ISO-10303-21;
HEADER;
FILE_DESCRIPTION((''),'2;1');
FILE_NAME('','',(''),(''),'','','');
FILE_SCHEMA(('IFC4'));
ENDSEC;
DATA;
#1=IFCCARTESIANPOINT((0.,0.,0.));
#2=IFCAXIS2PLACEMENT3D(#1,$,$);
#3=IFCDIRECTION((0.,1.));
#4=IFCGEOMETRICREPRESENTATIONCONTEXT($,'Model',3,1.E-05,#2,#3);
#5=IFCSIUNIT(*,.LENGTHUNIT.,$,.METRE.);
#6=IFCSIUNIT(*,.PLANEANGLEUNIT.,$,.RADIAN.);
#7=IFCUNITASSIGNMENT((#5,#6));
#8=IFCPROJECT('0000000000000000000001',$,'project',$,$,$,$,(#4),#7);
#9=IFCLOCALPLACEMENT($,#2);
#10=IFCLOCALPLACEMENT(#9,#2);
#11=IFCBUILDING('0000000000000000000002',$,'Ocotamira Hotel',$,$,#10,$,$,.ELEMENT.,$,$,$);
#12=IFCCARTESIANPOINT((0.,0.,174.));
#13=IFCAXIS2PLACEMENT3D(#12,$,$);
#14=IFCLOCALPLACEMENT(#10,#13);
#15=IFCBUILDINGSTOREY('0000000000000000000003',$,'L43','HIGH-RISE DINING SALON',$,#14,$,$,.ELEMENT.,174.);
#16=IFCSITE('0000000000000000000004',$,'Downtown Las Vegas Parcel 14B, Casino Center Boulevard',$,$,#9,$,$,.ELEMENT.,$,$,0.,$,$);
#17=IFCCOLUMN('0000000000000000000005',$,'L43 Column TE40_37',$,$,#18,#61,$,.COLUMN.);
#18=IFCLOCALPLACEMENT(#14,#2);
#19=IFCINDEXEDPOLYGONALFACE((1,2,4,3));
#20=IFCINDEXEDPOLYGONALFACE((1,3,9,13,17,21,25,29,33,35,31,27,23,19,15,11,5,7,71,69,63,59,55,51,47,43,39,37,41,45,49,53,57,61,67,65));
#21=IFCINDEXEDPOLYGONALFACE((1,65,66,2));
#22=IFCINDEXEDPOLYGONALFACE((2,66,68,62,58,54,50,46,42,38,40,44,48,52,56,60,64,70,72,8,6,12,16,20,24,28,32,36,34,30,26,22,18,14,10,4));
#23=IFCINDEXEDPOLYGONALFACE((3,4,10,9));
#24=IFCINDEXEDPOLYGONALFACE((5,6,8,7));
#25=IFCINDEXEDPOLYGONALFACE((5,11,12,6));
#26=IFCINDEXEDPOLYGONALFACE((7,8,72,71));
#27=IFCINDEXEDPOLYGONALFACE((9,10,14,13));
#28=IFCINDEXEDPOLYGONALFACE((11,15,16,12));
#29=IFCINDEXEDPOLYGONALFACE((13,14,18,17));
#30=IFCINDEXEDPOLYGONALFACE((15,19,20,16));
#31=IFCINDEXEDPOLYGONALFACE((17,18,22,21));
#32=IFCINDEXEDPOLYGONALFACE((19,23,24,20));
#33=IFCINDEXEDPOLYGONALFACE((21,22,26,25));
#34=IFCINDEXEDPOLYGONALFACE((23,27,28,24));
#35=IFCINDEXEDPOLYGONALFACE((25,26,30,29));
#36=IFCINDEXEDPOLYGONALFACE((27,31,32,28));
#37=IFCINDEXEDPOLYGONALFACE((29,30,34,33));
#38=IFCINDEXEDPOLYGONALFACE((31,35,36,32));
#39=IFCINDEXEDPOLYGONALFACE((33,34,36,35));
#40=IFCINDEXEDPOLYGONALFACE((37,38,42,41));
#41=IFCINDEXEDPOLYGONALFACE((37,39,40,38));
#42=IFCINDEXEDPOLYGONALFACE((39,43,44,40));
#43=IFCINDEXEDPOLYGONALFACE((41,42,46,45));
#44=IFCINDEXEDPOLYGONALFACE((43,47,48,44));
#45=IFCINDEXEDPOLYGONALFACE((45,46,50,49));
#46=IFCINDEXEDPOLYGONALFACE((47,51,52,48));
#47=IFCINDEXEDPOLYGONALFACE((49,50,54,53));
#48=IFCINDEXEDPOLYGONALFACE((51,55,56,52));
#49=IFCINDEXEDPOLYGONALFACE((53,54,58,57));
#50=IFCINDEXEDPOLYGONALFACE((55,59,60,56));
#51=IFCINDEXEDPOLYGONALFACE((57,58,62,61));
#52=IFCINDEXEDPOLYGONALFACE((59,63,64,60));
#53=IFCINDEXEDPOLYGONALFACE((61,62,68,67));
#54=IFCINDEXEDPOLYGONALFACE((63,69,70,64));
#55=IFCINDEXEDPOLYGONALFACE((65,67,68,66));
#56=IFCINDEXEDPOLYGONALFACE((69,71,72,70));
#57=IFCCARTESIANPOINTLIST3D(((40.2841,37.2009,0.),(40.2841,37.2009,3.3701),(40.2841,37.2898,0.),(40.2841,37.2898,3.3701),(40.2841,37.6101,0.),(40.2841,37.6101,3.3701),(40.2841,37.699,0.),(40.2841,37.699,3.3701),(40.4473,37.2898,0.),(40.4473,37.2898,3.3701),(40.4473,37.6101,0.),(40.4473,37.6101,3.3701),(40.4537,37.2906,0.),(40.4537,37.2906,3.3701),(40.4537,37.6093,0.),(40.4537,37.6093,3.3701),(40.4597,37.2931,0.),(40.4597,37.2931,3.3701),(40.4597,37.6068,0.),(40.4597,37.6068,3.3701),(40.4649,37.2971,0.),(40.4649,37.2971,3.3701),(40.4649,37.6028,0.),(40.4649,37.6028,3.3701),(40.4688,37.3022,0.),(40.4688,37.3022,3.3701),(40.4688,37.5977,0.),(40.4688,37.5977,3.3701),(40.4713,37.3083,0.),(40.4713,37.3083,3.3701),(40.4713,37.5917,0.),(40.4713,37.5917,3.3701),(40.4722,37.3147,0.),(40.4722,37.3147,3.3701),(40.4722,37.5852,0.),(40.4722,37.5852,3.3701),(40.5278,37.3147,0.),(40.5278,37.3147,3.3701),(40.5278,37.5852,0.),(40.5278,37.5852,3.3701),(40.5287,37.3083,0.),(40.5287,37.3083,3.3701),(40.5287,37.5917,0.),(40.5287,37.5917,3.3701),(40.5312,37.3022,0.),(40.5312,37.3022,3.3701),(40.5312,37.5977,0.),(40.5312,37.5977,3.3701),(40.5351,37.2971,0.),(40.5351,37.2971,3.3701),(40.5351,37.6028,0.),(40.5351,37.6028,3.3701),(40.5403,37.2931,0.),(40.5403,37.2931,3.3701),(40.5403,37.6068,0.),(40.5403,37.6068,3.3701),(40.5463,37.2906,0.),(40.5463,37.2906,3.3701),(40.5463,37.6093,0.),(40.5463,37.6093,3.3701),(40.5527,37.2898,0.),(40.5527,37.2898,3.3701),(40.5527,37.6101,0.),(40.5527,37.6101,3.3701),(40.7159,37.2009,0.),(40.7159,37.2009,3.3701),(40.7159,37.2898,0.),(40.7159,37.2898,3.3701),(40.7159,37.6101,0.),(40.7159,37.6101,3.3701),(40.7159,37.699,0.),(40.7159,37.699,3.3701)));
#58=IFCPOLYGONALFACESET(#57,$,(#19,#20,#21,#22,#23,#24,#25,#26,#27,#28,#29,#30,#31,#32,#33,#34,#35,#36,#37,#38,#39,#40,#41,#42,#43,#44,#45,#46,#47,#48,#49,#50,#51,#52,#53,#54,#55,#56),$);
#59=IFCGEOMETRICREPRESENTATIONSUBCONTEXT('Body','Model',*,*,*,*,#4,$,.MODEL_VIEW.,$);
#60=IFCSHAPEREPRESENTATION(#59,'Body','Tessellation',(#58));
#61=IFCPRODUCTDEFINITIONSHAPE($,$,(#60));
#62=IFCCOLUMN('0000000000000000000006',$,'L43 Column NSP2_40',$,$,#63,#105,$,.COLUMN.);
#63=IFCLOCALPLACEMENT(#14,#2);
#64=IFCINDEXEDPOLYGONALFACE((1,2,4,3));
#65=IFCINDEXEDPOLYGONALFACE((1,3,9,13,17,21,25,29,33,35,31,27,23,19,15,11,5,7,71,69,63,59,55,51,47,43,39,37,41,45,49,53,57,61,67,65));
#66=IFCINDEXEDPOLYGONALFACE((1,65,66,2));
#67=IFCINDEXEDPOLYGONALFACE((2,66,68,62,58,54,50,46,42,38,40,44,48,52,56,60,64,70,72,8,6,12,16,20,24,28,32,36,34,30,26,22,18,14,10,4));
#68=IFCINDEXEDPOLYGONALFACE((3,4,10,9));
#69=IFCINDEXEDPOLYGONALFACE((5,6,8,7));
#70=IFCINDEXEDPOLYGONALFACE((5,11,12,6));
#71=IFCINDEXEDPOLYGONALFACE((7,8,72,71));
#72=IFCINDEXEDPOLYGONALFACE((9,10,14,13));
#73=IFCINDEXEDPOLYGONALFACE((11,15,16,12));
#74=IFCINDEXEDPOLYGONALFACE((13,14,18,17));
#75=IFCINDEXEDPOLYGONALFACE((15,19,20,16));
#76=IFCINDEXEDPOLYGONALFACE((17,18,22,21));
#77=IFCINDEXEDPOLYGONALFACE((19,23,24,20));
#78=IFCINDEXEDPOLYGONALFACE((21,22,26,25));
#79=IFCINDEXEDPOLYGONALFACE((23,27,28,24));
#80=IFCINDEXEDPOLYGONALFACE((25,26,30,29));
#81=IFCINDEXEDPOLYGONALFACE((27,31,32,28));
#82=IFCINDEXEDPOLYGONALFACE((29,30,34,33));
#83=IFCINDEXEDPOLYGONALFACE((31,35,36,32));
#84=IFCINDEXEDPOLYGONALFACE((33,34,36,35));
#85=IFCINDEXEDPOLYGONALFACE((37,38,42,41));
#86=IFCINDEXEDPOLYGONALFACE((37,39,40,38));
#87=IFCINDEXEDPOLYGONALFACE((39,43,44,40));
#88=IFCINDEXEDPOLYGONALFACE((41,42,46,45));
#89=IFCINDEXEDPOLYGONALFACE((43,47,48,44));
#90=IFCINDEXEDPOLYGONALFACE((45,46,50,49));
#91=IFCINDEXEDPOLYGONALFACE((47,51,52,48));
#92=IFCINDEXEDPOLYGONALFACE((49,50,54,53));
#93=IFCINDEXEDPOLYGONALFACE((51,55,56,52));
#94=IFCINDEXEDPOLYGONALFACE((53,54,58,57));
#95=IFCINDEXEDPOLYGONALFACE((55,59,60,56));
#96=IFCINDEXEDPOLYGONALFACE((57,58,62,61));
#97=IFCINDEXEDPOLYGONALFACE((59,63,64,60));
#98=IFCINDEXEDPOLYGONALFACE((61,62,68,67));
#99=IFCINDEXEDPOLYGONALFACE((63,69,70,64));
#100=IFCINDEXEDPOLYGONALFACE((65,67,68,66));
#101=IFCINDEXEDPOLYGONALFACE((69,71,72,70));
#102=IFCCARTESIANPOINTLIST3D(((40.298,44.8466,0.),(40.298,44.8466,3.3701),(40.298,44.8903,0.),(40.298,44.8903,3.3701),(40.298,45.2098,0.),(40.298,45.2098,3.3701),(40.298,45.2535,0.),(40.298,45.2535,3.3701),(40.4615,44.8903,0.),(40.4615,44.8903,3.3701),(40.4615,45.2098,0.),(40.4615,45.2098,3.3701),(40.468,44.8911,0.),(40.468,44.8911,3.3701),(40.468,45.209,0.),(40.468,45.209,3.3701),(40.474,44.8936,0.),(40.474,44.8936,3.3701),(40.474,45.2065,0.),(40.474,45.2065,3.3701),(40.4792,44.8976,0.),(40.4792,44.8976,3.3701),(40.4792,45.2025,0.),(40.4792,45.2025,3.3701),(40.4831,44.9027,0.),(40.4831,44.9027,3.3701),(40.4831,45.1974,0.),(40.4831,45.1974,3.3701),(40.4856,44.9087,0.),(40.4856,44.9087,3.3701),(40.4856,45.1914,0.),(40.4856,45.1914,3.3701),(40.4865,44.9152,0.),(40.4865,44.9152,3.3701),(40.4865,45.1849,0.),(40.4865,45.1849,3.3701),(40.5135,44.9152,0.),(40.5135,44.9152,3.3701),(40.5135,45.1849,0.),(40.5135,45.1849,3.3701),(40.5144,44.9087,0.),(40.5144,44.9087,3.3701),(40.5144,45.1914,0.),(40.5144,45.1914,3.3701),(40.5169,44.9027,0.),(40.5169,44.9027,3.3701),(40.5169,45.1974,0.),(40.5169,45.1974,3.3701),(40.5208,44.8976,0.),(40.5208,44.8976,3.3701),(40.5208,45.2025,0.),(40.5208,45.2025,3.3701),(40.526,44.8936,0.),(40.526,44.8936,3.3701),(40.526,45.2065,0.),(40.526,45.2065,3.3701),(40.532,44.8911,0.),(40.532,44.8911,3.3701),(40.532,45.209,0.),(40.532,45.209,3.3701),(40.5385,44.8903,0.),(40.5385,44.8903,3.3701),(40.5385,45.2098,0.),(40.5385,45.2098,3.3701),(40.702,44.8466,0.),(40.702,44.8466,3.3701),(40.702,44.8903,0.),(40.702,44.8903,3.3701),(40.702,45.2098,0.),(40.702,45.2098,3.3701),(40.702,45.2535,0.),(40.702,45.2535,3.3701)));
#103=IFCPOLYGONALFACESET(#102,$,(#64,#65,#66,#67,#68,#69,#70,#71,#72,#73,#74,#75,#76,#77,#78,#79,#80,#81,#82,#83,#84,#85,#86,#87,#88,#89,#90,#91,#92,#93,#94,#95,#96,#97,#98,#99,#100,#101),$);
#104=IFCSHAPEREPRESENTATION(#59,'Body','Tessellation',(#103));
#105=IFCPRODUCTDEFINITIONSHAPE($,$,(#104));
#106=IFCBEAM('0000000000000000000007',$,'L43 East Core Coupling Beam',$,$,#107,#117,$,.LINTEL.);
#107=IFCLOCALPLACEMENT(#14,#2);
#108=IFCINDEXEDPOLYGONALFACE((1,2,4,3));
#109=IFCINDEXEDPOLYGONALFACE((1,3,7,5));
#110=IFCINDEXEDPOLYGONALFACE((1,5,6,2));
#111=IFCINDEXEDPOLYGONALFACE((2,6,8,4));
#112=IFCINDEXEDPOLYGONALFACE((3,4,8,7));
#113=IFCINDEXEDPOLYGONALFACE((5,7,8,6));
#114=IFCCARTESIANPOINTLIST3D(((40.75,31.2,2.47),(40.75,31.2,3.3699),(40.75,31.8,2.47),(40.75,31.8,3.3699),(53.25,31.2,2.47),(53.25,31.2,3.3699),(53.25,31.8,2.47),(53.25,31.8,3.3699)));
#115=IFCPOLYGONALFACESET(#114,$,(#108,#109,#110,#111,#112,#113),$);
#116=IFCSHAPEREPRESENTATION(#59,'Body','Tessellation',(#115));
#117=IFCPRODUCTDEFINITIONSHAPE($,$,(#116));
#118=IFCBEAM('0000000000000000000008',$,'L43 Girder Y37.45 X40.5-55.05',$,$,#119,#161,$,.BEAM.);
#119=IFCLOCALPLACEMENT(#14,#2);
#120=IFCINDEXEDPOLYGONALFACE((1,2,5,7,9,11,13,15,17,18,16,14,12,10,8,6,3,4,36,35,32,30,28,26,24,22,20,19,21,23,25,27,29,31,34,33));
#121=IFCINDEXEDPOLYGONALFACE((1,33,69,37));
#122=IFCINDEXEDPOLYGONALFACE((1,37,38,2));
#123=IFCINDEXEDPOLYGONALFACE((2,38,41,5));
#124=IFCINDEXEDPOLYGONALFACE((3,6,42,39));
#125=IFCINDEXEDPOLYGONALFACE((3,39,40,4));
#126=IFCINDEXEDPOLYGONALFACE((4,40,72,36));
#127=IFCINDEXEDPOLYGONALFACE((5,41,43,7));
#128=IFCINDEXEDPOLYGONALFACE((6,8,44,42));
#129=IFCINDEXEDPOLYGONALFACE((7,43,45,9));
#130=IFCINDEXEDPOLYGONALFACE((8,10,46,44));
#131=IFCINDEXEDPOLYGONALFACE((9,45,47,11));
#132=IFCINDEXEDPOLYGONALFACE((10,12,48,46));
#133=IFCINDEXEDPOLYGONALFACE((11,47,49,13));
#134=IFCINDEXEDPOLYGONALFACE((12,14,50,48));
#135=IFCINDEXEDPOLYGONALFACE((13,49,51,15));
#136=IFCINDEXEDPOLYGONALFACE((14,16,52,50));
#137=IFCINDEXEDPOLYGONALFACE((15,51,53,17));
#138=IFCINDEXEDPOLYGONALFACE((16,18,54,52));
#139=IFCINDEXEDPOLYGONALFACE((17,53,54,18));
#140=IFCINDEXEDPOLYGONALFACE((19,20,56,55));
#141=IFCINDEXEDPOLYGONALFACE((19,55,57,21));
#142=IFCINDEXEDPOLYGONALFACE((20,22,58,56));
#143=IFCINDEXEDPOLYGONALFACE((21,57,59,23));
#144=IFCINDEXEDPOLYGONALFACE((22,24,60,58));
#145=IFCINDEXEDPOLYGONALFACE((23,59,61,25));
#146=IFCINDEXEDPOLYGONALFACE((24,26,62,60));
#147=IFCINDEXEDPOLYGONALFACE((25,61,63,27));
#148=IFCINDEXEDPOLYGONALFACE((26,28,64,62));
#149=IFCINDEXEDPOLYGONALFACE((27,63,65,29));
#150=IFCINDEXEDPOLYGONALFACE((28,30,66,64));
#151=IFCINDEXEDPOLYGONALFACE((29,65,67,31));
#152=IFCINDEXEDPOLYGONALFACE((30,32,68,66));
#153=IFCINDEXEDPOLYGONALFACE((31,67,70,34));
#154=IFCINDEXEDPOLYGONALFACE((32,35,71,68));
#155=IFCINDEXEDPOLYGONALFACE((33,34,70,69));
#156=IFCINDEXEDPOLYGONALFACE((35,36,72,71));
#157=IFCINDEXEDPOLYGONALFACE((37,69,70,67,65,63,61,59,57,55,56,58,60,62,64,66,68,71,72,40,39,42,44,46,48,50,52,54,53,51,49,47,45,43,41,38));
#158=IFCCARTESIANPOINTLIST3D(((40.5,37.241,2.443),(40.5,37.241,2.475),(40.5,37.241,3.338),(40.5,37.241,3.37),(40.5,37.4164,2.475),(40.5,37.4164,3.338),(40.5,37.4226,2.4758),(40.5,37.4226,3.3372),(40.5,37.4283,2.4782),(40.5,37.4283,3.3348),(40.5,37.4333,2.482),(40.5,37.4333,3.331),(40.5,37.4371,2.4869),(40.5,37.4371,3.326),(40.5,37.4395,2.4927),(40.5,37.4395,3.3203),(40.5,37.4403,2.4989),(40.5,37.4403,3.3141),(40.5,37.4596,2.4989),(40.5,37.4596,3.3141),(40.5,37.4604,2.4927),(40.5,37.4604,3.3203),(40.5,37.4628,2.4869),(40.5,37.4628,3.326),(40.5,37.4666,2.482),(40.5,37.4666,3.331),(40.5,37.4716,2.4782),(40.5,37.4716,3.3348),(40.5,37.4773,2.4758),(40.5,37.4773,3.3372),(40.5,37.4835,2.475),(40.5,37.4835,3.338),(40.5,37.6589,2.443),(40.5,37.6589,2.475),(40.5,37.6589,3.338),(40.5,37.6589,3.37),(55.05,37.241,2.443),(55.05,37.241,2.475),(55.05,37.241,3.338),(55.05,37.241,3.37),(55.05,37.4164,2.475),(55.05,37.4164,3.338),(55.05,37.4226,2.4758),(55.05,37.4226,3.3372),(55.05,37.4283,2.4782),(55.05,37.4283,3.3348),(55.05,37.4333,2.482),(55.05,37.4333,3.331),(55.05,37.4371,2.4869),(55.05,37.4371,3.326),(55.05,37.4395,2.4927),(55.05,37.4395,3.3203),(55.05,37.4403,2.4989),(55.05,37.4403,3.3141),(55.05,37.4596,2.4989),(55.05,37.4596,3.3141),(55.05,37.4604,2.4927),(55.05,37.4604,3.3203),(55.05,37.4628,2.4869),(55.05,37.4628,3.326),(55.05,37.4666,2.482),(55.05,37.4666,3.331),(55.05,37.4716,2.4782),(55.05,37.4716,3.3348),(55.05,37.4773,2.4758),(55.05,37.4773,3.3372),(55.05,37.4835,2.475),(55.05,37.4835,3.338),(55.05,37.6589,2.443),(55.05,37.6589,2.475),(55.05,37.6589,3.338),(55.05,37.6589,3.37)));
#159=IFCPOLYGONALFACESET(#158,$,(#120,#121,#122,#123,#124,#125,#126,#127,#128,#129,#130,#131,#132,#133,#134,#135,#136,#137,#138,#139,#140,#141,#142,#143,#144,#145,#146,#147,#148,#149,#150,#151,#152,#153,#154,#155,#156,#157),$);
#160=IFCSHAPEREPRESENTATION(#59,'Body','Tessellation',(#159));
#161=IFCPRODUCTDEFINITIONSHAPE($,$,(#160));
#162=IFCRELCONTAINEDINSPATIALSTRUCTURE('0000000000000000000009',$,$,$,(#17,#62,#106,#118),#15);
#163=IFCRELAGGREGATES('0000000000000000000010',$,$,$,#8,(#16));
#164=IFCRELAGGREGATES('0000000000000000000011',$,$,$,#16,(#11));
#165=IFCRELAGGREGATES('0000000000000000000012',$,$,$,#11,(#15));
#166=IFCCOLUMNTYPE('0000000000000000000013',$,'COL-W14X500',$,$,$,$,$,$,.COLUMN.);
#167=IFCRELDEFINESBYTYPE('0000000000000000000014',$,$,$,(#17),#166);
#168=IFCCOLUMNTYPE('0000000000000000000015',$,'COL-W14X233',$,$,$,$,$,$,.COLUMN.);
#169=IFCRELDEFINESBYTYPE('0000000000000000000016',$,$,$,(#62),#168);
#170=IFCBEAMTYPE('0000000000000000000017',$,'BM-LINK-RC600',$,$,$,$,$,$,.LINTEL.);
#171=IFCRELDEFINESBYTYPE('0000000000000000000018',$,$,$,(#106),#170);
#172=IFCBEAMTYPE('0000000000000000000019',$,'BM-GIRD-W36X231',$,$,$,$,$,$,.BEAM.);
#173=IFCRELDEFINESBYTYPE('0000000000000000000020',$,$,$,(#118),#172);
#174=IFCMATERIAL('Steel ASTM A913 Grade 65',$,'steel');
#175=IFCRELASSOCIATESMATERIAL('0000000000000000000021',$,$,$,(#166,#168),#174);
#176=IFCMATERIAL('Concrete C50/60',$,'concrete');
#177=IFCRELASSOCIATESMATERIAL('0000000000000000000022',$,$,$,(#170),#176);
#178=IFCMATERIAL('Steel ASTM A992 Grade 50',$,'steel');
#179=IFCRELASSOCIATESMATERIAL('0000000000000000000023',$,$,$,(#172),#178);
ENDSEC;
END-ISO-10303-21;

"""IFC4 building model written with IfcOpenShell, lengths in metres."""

from ifc_helpers import new_model, si_unit, direction, frame, origin, origin_2d, place, context, subcontext, project, spatial, rectangle, i_section, extrude, source, transform, mapped, material, material_profile, profile_set, type_object, element, save


model = new_model("IFC4")

# Units and contexts
model_context = context("Model", 3, precision=1e-05, world=origin(), true_north=direction((0.0, 1.0)))
body_context = subcontext(model_context, "Body", "Model", "MODEL_VIEW")
ifc_project = project(units=[si_unit("LENGTHUNIT", "METRE"), si_unit("PLANEANGLEUNIT", "RADIAN")], contexts=[model_context])

# Site, building, storey
site_placement = place(None, origin())
site = spatial("IfcSite", under=ifc_project, at=site_placement, Name="Downtown Las Vegas Parcel 14B, Casino Center Boulevard", CompositionType="ELEMENT", RefElevation=0.0)
building_placement = place(site_placement, origin())
building = spatial("IfcBuilding", under=site, at=building_placement, Name="Ocotamira Hotel", CompositionType="ELEMENT")
storey_placement = place(building_placement, frame((0.0, 0.0, 174.0)))
storey = spatial("IfcBuildingStorey", under=building, at=storey_placement, Name="L43", Description="HIGH-RISE DINING SALON", CompositionType="ELEMENT", Elevation=174.0)

# Columns
ifc_material_1 = material(Name="Steel ASTM A913 Grade 65", Category="steel")
ifc_material_profile_1 = material_profile(ifc_material_1, i_section(OverallWidth=0.4319, OverallDepth=0.498, WebThickness=0.0557, FlangeThickness=0.0889, FilletRadius=0.0249, at=origin_2d()), Name="W14X500")
ifc_profile_set_1 = profile_set([ifc_material_profile_1], Name="Steel ASTM A913 Grade 65")
column_type_1 = type_object("IfcColumnType", Name="COL-W14X500", PredefinedType="COLUMN", material=ifc_profile_set_1)
shared_shape_1 = source(origin(), body_context, "Body", "SweptSolid", [
    extrude(i_section(OverallWidth=0.4319, OverallDepth=0.498, WebThickness=0.0557, FlangeThickness=0.0889, FilletRadius=0.0249, at=origin_2d()), origin(), (0.0, 0.0, 1.0), 3.3701),
])
column_1_placement = place(storey_placement, frame((40.5, 37.45, 0.0), z_axis=(0.0, 0.0, 1.0), x_axis=(1.0, 0.0, 0.0)))
element("IfcColumn", 1, at=column_1_placement, inside=storey, type_object=column_type_1, Name="L43 Column TE40_37", PredefinedType="COLUMN", context=body_context, shape_type="MappedRepresentation", body=[
    mapped(shared_shape_1, transform((0.0, 0.0, 0.0), scale=1.0)),
])
ifc_material_profile_2 = material_profile(ifc_material_1, i_section(OverallWidth=0.4041, OverallDepth=0.407, WebThickness=0.0271, FlangeThickness=0.0437, FilletRadius=0.0249, at=origin_2d()), Name="W14X233")
ifc_profile_set_2 = profile_set([ifc_material_profile_2], Name="Steel ASTM A913 Grade 65")
column_type_2 = type_object("IfcColumnType", Name="COL-W14X233", PredefinedType="COLUMN", material=ifc_profile_set_2)
shared_shape_2 = source(origin(), body_context, "Body", "SweptSolid", [
    extrude(i_section(OverallWidth=0.4041, OverallDepth=0.407, WebThickness=0.0271, FlangeThickness=0.0437, FilletRadius=0.0249, at=origin_2d()), origin(), (0.0, 0.0, 1.0), 3.3701),
])
column_2_placement = place(storey_placement, frame((40.5, 45.05, 0.0), z_axis=(0.0, 0.0, 1.0), x_axis=(1.0, 0.0, 0.0)))
element("IfcColumn", 2, at=column_2_placement, inside=storey, type_object=column_type_2, Name="L43 Column NSP2_40", PredefinedType="COLUMN", context=body_context, shape_type="MappedRepresentation", body=[
    mapped(shared_shape_2, transform((0.0, 0.0, 0.0), scale=1.0)),
])

# Beams
ifc_material_2 = material(Name="Concrete C50/60", Category="concrete")
ifc_material_profile_3 = material_profile(ifc_material_2, rectangle(XDim=0.6001, YDim=0.8999, at=origin_2d()), Name="RC600X900")
ifc_profile_set_3 = profile_set([ifc_material_profile_3], Name="Concrete C50/60")
beam_type_1 = type_object("IfcBeamType", Name="BM-LINK-RC600", PredefinedType="LINTEL", material=ifc_profile_set_3)
shared_shape_3 = source(origin(), body_context, "Body", "SweptSolid", [
    extrude(rectangle(XDim=0.6001, YDim=0.8999, at=origin_2d()), origin(), (0.0, 0.0, 1.0), 12.5),
])
beam_1_placement = place(storey_placement, frame((40.75, 31.5, 2.9199), z_axis=(1.0, 0.0, 0.0), x_axis=(0.0, 1.0, 0.0)))
element("IfcBeam", 3, at=beam_1_placement, inside=storey, type_object=beam_type_1, Name="L43 East Core Coupling Beam", PredefinedType="LINTEL", context=body_context, shape_type="MappedRepresentation", body=[
    mapped(shared_shape_3, transform((0.0, 0.0, 0.0), scale=1.0)),
])
ifc_material_3 = material(Name="Steel ASTM A992 Grade 50", Category="steel")
ifc_material_profile_4 = material_profile(ifc_material_3, i_section(OverallWidth=0.418, OverallDepth=0.927, WebThickness=0.0193, FlangeThickness=0.032, FilletRadius=0.0239, at=origin_2d()), Name="W36X231")
ifc_profile_set_4 = profile_set([ifc_material_profile_4], Name="Steel ASTM A992 Grade 50")
beam_type_2 = type_object("IfcBeamType", Name="BM-GIRD-W36X231", PredefinedType="BEAM", material=ifc_profile_set_4)
shared_shape_4 = source(origin(), body_context, "Body", "SweptSolid", [
    extrude(i_section(OverallWidth=0.418, OverallDepth=0.927, WebThickness=0.0193, FlangeThickness=0.032, FilletRadius=0.0239, at=origin_2d()), origin(), (0.0, 0.0, 1.0), 14.55),
])
beam_2_placement = place(storey_placement, frame((40.5, 37.45, 2.9065), z_axis=(1.0, 0.0, 0.0), x_axis=(0.0, 1.0, 0.0)))
element("IfcBeam", 4, at=beam_2_placement, inside=storey, type_object=beam_type_2, Name="L43 Girder Y37.45 X40.5-55.05", PredefinedType="BEAM", context=body_context, shape_type="MappedRepresentation", body=[
    mapped(shared_shape_4, transform((0.0, 0.0, 0.0), scale=1.0)),
])

save(model, "model.ifc")
